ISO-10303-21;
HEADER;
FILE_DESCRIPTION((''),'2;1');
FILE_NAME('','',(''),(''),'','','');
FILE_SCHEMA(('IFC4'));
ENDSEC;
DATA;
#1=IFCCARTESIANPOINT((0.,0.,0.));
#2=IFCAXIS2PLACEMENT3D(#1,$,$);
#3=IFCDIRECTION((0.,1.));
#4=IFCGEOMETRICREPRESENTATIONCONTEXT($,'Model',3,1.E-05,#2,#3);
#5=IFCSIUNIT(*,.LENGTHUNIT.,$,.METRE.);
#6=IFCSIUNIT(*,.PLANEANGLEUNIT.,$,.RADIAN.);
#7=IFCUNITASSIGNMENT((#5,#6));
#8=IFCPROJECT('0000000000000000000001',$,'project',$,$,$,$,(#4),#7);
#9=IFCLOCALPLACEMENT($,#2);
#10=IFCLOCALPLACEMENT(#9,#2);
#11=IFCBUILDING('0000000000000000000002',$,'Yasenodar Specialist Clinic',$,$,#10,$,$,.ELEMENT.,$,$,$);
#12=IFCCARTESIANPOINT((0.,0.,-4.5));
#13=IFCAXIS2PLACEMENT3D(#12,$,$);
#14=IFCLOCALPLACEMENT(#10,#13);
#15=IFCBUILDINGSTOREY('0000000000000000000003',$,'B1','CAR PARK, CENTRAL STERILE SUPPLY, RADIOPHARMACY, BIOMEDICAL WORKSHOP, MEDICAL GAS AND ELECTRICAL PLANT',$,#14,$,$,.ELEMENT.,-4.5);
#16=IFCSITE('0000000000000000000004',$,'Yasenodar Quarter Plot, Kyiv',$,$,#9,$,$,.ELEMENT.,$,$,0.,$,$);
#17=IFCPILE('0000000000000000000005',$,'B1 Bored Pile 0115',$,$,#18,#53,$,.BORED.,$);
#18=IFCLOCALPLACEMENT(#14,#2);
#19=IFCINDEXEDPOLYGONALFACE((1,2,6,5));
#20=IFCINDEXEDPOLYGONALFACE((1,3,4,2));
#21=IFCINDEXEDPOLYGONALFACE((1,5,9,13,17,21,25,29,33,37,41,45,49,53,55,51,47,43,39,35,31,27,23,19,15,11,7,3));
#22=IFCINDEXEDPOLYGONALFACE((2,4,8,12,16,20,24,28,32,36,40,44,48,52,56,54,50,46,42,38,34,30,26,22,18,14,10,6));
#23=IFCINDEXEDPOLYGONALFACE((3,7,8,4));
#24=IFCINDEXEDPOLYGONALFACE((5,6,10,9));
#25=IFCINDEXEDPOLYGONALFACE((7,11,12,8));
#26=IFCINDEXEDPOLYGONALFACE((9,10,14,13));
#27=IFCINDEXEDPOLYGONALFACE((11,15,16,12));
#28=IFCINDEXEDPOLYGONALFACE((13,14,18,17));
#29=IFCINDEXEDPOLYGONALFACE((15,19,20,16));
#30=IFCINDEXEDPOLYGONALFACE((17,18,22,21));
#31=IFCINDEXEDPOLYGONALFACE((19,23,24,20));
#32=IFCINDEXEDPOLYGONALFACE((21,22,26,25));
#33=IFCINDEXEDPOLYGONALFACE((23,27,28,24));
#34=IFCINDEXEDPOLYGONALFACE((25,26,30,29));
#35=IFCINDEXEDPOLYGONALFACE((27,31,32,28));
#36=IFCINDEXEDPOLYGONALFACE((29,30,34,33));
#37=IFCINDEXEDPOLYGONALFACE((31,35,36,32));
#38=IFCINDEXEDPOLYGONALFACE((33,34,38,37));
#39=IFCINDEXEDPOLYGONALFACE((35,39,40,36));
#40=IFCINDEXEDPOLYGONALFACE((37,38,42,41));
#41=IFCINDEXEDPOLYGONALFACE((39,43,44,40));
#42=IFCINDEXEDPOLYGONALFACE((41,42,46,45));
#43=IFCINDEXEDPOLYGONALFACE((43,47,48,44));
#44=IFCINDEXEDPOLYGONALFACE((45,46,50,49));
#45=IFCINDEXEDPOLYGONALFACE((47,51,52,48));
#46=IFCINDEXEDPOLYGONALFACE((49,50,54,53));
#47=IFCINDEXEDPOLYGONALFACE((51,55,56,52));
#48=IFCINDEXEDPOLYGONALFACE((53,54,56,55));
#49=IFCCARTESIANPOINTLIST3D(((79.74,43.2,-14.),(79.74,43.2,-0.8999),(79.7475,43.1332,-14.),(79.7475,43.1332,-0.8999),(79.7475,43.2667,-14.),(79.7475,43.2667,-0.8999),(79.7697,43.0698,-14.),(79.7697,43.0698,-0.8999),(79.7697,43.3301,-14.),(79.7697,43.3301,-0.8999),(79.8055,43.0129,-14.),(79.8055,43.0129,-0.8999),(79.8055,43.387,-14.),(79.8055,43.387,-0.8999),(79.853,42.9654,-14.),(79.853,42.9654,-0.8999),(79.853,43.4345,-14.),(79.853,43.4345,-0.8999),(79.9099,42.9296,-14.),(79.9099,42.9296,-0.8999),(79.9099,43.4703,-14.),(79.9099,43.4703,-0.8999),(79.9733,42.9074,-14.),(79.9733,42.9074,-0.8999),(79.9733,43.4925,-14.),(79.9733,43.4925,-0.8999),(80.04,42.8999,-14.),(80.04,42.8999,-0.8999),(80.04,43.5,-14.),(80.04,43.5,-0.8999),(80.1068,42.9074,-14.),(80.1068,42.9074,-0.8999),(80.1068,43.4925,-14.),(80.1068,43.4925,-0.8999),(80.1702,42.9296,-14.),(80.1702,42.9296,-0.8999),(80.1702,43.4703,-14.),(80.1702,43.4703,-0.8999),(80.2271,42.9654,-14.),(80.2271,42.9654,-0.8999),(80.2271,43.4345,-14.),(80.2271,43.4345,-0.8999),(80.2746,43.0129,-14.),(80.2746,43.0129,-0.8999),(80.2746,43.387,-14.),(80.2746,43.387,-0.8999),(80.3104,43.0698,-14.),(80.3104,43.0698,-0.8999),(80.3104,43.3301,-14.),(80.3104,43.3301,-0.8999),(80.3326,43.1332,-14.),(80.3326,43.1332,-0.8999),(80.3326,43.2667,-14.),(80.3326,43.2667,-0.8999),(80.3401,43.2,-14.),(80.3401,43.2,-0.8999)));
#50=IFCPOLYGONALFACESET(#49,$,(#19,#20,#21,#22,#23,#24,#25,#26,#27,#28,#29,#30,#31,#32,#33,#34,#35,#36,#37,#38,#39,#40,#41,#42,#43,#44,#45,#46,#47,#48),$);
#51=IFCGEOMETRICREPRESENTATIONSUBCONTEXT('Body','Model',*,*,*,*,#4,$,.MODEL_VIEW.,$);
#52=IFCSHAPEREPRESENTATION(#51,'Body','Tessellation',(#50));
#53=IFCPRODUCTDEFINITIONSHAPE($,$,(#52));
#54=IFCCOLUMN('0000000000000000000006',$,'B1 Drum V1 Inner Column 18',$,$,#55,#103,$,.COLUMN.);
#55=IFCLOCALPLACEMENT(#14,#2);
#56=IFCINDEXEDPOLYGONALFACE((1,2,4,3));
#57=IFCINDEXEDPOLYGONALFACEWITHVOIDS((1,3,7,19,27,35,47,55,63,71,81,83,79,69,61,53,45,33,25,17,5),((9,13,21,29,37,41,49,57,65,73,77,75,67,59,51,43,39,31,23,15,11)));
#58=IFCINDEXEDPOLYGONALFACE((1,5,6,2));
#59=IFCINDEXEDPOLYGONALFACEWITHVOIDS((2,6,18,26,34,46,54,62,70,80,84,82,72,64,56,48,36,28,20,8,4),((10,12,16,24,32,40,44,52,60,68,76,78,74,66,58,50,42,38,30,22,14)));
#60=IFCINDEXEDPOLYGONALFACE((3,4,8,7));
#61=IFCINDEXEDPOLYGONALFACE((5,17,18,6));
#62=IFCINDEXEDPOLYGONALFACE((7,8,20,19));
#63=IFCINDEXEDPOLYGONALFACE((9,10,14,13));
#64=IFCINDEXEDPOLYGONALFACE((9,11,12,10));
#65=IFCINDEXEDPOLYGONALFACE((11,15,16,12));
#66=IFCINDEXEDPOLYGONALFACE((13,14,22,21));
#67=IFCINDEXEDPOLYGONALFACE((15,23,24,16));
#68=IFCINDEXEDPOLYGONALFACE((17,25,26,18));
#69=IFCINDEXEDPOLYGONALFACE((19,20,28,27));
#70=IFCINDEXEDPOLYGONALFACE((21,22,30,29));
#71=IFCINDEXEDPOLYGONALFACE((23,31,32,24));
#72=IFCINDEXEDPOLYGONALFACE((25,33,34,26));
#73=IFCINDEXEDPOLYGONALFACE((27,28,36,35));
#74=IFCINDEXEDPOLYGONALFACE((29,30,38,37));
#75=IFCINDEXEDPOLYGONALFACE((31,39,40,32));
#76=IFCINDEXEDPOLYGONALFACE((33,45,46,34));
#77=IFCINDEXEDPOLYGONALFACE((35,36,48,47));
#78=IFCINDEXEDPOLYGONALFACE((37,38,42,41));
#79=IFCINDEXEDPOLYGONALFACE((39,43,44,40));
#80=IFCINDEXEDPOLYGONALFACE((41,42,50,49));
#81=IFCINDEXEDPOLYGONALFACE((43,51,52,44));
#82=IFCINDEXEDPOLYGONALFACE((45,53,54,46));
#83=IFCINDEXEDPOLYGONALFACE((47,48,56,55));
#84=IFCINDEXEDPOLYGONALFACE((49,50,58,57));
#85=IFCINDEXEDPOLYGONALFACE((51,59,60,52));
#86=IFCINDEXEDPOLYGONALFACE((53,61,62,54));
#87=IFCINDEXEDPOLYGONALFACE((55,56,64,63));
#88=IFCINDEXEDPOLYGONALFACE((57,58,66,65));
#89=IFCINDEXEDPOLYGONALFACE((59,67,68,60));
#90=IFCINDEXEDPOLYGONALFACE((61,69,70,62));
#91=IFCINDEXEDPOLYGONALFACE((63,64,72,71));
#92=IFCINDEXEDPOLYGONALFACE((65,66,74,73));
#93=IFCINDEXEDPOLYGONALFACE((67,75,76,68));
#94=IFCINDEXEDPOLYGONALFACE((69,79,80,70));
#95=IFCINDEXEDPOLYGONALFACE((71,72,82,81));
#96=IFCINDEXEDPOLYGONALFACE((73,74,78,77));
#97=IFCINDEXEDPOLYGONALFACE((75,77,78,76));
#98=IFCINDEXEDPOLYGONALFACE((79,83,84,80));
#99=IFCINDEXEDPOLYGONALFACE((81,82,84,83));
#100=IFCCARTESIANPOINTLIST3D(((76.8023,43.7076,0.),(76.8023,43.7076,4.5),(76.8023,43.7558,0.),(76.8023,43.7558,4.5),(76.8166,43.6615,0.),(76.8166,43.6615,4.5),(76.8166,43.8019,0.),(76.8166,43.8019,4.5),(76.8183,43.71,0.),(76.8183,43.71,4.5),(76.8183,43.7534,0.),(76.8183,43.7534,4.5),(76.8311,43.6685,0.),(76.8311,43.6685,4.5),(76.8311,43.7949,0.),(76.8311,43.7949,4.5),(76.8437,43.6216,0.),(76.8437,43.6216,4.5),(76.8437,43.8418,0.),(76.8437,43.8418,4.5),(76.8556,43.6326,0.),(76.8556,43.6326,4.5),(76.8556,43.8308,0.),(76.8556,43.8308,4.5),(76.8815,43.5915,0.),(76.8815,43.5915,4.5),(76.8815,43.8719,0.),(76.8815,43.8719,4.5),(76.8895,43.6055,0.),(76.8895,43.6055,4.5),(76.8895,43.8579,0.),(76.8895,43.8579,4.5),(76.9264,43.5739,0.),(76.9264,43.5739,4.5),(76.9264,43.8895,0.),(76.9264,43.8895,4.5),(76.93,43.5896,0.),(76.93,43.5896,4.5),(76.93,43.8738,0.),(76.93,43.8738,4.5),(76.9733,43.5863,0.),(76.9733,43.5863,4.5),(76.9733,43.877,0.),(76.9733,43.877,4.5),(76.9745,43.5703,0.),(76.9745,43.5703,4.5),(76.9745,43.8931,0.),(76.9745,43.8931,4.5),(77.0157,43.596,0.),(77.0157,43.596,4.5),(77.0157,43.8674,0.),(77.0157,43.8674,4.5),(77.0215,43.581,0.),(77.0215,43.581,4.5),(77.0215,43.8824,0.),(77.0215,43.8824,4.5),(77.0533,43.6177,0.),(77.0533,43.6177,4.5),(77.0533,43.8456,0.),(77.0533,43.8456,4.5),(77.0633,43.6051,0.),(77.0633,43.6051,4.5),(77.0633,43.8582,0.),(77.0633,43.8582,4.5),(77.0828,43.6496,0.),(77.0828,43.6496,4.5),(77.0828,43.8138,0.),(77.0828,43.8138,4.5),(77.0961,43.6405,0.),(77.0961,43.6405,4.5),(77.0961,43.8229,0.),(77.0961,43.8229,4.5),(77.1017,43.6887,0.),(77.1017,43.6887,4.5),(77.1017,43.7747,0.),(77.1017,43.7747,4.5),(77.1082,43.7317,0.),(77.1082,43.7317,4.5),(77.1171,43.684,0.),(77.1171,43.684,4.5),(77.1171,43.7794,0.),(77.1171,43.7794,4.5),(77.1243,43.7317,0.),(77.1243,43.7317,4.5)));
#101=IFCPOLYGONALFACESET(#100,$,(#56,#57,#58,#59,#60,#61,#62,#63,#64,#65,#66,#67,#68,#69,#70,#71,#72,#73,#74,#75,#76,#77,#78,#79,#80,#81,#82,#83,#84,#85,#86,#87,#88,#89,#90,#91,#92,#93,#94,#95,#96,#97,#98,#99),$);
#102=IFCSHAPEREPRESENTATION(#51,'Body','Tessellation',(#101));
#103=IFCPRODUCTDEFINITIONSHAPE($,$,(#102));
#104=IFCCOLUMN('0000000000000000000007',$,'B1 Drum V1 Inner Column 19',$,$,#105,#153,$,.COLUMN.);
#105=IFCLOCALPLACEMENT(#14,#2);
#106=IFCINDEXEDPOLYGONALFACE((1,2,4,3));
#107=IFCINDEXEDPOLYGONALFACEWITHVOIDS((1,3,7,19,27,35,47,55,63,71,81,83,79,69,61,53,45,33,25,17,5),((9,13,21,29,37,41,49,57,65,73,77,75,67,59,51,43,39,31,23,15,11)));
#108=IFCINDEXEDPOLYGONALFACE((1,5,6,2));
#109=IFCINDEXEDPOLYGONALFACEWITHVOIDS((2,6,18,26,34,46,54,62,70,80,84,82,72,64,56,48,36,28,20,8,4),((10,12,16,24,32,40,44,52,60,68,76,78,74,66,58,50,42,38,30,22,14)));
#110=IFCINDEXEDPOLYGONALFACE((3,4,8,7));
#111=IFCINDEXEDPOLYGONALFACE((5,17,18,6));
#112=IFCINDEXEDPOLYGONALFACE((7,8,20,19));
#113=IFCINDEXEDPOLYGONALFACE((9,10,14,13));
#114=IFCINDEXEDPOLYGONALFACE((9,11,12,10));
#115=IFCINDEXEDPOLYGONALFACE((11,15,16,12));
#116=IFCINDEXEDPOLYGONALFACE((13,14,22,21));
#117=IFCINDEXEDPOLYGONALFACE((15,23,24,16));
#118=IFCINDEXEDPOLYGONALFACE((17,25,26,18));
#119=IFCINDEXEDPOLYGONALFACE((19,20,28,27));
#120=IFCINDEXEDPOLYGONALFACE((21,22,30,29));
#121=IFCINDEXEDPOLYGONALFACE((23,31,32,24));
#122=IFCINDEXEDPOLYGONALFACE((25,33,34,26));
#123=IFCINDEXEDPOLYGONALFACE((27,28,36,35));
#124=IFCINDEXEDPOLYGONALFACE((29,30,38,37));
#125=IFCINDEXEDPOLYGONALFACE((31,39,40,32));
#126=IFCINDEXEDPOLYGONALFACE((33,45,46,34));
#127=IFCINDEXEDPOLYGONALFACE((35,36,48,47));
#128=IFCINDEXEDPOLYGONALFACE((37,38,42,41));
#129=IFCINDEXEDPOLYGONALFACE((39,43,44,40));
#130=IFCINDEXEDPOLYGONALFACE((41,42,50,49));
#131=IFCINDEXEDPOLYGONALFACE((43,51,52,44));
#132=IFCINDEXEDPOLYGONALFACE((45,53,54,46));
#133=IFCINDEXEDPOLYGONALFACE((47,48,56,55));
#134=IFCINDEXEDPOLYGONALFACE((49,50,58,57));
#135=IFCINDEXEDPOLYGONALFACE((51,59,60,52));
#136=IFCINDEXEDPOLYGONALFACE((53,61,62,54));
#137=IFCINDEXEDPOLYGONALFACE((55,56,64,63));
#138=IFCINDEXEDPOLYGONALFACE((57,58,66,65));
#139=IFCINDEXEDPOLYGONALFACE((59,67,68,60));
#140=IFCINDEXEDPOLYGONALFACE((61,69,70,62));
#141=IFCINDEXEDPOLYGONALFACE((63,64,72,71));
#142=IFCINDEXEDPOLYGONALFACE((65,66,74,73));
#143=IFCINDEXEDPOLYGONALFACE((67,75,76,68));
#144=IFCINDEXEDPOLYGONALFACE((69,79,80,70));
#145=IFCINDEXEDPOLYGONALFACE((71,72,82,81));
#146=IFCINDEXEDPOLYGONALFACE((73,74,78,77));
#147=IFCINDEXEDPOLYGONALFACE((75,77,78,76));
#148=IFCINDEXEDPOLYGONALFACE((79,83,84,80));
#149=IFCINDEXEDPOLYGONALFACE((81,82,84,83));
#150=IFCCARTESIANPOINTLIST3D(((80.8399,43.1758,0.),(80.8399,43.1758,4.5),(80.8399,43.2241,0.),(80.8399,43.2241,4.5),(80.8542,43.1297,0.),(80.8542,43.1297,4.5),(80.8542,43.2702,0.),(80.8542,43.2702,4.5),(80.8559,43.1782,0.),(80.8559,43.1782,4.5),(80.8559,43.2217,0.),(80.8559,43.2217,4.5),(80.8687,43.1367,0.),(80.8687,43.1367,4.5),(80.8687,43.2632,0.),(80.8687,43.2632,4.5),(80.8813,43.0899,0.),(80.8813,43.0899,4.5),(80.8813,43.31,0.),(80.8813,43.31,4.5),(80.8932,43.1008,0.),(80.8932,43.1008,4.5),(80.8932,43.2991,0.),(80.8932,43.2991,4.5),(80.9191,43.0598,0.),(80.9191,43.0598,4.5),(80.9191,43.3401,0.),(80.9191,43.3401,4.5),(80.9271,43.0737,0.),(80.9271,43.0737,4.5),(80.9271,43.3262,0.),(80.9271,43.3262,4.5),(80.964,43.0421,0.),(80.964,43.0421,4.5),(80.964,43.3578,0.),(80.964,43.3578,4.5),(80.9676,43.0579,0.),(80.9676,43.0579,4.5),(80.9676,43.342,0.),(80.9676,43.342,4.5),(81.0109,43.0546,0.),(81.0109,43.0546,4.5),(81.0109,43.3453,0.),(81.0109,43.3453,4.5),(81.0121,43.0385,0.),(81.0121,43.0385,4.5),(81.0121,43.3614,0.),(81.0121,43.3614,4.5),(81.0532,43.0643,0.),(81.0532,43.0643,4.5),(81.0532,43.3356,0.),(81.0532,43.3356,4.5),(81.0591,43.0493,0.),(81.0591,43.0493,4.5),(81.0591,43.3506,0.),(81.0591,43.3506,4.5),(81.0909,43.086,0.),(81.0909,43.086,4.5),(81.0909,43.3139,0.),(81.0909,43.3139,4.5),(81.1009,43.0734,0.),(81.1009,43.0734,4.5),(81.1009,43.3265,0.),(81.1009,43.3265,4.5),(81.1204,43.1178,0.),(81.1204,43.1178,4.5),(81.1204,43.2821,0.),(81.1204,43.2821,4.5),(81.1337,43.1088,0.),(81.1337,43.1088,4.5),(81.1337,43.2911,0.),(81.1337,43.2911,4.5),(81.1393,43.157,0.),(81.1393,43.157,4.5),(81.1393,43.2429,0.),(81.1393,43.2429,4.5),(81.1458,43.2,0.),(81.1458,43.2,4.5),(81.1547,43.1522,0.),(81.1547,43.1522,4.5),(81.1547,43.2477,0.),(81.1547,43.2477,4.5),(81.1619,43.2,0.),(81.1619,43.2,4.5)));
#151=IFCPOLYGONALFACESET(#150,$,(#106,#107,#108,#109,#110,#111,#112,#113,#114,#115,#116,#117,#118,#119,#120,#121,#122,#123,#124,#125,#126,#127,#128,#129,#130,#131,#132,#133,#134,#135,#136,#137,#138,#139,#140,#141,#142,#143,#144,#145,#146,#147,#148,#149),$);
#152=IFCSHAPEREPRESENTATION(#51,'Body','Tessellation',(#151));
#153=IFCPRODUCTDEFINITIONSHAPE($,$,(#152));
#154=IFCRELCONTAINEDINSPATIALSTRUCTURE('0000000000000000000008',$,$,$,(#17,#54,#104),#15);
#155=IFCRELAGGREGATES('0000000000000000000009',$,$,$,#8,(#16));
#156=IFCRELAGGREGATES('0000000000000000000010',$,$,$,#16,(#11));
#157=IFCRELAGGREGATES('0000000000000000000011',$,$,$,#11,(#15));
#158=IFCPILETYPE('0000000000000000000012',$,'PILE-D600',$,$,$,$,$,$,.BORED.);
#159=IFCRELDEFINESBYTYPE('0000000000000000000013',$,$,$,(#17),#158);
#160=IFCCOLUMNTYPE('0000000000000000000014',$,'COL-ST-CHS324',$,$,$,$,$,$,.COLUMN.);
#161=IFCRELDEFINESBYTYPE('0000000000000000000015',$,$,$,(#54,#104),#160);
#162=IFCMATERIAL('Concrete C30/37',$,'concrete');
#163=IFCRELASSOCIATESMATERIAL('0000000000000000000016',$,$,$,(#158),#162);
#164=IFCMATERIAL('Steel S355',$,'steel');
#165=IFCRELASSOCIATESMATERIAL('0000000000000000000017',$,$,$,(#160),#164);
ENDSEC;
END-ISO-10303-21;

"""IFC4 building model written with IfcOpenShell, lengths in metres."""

from ifc_helpers import new_model, si_unit, direction, frame, origin, origin_2d, place, context, subcontext, project, spatial, circle, hollow_circle, extrude, material, material_profile, profile_set, type_object, element, save


model = new_model("IFC4")

# Units and contexts
model_context = context("Model", 3, precision=1e-05, world=origin(), true_north=direction((0.0, 1.0)))
body_context = subcontext(model_context, "Body", "Model", "MODEL_VIEW")
ifc_project = project(units=[si_unit("LENGTHUNIT", "METRE"), si_unit("PLANEANGLEUNIT", "RADIAN")], contexts=[model_context])

# Site, building, storey
site_placement = place(None, origin())
site = spatial("IfcSite", under=ifc_project, at=site_placement, Name="Yasenodar Quarter Plot, Kyiv", CompositionType="ELEMENT", RefElevation=0.0)
building_placement = place(site_placement, origin())
building = spatial("IfcBuilding", under=site, at=building_placement, Name="Yasenodar Specialist Clinic", CompositionType="ELEMENT")
storey_placement = place(building_placement, frame((0.0, 0.0, -4.5)))
storey = spatial("IfcBuildingStorey", under=building, at=storey_placement, Name="B1", Description="CAR PARK, CENTRAL STERILE SUPPLY, RADIOPHARMACY, BIOMEDICAL WORKSHOP, MEDICAL GAS AND ELECTRICAL PLANT", CompositionType="ELEMENT", Elevation=-4.5)

# Pile
ifc_material_1 = material(Name="Concrete C30/37", Category="concrete")
ifc_material_profile_1 = material_profile(ifc_material_1, circle(Radius=0.3, at=origin_2d()), Name="PILE D600")
ifc_profile_set_1 = profile_set([ifc_material_profile_1], Name="Concrete C30/37")
pile_type = type_object("IfcPileType", Name="PILE-D600", PredefinedType="BORED", material=ifc_profile_set_1)
for number, where, z_axis, x_axis, name in (
    (1, (80.04, 43.2, -0.8999), (0.0, 0.0, -1.0), (1.0, 0.0, 0.0), "B1 Bored Pile 0115"),
):
    element("IfcPile", number, at=place(storey_placement, frame(where, z_axis=z_axis, x_axis=x_axis)), inside=storey, type_object=pile_type, Name=name, PredefinedType="BORED", context=body_context, shape_type="SweptSolid", body=[
        extrude(circle(Radius=0.3, at=origin_2d()), origin(), (0.0, 0.0, 1.0), 13.1001),
    ])

# Columns
ifc_material_2 = material(Name="Steel S355", Category="steel")
ifc_material_profile_2 = material_profile(ifc_material_2, hollow_circle(Radius=0.1619, WallThickness=0.0161, at=origin_2d()), Name="CHS 323.9x16")
ifc_profile_set_2 = profile_set([ifc_material_profile_2], Name="Steel S355")
column_type_1 = type_object("IfcColumnType", Name="COL-ST-CHS324", PredefinedType="COLUMN", material=ifc_profile_set_2)
for number, where, z_axis, x_axis, name in (
    (2, (76.9624, 43.7317, 0.0), (0.0, 0.0, 1.0), (1.0, 0.0, 0.0), "B1 Drum V1 Inner Column 18"),
    (3, (81.0, 43.2, 0.0), (0.0, 0.0, 1.0), (1.0, 0.0, 0.0), "B1 Drum V1 Inner Column 19"),
):
    element("IfcColumn", number, at=place(storey_placement, frame(where, z_axis=z_axis, x_axis=x_axis)), inside=storey, type_object=column_type_1, Name=name, PredefinedType="COLUMN", context=body_context, shape_type="SweptSolid", body=[
        extrude(hollow_circle(Radius=0.1619, WallThickness=0.0161, at=origin_2d()), origin(), (0.0, 0.0, 1.0), 4.5),
    ])

save(model, "model.ifc")
